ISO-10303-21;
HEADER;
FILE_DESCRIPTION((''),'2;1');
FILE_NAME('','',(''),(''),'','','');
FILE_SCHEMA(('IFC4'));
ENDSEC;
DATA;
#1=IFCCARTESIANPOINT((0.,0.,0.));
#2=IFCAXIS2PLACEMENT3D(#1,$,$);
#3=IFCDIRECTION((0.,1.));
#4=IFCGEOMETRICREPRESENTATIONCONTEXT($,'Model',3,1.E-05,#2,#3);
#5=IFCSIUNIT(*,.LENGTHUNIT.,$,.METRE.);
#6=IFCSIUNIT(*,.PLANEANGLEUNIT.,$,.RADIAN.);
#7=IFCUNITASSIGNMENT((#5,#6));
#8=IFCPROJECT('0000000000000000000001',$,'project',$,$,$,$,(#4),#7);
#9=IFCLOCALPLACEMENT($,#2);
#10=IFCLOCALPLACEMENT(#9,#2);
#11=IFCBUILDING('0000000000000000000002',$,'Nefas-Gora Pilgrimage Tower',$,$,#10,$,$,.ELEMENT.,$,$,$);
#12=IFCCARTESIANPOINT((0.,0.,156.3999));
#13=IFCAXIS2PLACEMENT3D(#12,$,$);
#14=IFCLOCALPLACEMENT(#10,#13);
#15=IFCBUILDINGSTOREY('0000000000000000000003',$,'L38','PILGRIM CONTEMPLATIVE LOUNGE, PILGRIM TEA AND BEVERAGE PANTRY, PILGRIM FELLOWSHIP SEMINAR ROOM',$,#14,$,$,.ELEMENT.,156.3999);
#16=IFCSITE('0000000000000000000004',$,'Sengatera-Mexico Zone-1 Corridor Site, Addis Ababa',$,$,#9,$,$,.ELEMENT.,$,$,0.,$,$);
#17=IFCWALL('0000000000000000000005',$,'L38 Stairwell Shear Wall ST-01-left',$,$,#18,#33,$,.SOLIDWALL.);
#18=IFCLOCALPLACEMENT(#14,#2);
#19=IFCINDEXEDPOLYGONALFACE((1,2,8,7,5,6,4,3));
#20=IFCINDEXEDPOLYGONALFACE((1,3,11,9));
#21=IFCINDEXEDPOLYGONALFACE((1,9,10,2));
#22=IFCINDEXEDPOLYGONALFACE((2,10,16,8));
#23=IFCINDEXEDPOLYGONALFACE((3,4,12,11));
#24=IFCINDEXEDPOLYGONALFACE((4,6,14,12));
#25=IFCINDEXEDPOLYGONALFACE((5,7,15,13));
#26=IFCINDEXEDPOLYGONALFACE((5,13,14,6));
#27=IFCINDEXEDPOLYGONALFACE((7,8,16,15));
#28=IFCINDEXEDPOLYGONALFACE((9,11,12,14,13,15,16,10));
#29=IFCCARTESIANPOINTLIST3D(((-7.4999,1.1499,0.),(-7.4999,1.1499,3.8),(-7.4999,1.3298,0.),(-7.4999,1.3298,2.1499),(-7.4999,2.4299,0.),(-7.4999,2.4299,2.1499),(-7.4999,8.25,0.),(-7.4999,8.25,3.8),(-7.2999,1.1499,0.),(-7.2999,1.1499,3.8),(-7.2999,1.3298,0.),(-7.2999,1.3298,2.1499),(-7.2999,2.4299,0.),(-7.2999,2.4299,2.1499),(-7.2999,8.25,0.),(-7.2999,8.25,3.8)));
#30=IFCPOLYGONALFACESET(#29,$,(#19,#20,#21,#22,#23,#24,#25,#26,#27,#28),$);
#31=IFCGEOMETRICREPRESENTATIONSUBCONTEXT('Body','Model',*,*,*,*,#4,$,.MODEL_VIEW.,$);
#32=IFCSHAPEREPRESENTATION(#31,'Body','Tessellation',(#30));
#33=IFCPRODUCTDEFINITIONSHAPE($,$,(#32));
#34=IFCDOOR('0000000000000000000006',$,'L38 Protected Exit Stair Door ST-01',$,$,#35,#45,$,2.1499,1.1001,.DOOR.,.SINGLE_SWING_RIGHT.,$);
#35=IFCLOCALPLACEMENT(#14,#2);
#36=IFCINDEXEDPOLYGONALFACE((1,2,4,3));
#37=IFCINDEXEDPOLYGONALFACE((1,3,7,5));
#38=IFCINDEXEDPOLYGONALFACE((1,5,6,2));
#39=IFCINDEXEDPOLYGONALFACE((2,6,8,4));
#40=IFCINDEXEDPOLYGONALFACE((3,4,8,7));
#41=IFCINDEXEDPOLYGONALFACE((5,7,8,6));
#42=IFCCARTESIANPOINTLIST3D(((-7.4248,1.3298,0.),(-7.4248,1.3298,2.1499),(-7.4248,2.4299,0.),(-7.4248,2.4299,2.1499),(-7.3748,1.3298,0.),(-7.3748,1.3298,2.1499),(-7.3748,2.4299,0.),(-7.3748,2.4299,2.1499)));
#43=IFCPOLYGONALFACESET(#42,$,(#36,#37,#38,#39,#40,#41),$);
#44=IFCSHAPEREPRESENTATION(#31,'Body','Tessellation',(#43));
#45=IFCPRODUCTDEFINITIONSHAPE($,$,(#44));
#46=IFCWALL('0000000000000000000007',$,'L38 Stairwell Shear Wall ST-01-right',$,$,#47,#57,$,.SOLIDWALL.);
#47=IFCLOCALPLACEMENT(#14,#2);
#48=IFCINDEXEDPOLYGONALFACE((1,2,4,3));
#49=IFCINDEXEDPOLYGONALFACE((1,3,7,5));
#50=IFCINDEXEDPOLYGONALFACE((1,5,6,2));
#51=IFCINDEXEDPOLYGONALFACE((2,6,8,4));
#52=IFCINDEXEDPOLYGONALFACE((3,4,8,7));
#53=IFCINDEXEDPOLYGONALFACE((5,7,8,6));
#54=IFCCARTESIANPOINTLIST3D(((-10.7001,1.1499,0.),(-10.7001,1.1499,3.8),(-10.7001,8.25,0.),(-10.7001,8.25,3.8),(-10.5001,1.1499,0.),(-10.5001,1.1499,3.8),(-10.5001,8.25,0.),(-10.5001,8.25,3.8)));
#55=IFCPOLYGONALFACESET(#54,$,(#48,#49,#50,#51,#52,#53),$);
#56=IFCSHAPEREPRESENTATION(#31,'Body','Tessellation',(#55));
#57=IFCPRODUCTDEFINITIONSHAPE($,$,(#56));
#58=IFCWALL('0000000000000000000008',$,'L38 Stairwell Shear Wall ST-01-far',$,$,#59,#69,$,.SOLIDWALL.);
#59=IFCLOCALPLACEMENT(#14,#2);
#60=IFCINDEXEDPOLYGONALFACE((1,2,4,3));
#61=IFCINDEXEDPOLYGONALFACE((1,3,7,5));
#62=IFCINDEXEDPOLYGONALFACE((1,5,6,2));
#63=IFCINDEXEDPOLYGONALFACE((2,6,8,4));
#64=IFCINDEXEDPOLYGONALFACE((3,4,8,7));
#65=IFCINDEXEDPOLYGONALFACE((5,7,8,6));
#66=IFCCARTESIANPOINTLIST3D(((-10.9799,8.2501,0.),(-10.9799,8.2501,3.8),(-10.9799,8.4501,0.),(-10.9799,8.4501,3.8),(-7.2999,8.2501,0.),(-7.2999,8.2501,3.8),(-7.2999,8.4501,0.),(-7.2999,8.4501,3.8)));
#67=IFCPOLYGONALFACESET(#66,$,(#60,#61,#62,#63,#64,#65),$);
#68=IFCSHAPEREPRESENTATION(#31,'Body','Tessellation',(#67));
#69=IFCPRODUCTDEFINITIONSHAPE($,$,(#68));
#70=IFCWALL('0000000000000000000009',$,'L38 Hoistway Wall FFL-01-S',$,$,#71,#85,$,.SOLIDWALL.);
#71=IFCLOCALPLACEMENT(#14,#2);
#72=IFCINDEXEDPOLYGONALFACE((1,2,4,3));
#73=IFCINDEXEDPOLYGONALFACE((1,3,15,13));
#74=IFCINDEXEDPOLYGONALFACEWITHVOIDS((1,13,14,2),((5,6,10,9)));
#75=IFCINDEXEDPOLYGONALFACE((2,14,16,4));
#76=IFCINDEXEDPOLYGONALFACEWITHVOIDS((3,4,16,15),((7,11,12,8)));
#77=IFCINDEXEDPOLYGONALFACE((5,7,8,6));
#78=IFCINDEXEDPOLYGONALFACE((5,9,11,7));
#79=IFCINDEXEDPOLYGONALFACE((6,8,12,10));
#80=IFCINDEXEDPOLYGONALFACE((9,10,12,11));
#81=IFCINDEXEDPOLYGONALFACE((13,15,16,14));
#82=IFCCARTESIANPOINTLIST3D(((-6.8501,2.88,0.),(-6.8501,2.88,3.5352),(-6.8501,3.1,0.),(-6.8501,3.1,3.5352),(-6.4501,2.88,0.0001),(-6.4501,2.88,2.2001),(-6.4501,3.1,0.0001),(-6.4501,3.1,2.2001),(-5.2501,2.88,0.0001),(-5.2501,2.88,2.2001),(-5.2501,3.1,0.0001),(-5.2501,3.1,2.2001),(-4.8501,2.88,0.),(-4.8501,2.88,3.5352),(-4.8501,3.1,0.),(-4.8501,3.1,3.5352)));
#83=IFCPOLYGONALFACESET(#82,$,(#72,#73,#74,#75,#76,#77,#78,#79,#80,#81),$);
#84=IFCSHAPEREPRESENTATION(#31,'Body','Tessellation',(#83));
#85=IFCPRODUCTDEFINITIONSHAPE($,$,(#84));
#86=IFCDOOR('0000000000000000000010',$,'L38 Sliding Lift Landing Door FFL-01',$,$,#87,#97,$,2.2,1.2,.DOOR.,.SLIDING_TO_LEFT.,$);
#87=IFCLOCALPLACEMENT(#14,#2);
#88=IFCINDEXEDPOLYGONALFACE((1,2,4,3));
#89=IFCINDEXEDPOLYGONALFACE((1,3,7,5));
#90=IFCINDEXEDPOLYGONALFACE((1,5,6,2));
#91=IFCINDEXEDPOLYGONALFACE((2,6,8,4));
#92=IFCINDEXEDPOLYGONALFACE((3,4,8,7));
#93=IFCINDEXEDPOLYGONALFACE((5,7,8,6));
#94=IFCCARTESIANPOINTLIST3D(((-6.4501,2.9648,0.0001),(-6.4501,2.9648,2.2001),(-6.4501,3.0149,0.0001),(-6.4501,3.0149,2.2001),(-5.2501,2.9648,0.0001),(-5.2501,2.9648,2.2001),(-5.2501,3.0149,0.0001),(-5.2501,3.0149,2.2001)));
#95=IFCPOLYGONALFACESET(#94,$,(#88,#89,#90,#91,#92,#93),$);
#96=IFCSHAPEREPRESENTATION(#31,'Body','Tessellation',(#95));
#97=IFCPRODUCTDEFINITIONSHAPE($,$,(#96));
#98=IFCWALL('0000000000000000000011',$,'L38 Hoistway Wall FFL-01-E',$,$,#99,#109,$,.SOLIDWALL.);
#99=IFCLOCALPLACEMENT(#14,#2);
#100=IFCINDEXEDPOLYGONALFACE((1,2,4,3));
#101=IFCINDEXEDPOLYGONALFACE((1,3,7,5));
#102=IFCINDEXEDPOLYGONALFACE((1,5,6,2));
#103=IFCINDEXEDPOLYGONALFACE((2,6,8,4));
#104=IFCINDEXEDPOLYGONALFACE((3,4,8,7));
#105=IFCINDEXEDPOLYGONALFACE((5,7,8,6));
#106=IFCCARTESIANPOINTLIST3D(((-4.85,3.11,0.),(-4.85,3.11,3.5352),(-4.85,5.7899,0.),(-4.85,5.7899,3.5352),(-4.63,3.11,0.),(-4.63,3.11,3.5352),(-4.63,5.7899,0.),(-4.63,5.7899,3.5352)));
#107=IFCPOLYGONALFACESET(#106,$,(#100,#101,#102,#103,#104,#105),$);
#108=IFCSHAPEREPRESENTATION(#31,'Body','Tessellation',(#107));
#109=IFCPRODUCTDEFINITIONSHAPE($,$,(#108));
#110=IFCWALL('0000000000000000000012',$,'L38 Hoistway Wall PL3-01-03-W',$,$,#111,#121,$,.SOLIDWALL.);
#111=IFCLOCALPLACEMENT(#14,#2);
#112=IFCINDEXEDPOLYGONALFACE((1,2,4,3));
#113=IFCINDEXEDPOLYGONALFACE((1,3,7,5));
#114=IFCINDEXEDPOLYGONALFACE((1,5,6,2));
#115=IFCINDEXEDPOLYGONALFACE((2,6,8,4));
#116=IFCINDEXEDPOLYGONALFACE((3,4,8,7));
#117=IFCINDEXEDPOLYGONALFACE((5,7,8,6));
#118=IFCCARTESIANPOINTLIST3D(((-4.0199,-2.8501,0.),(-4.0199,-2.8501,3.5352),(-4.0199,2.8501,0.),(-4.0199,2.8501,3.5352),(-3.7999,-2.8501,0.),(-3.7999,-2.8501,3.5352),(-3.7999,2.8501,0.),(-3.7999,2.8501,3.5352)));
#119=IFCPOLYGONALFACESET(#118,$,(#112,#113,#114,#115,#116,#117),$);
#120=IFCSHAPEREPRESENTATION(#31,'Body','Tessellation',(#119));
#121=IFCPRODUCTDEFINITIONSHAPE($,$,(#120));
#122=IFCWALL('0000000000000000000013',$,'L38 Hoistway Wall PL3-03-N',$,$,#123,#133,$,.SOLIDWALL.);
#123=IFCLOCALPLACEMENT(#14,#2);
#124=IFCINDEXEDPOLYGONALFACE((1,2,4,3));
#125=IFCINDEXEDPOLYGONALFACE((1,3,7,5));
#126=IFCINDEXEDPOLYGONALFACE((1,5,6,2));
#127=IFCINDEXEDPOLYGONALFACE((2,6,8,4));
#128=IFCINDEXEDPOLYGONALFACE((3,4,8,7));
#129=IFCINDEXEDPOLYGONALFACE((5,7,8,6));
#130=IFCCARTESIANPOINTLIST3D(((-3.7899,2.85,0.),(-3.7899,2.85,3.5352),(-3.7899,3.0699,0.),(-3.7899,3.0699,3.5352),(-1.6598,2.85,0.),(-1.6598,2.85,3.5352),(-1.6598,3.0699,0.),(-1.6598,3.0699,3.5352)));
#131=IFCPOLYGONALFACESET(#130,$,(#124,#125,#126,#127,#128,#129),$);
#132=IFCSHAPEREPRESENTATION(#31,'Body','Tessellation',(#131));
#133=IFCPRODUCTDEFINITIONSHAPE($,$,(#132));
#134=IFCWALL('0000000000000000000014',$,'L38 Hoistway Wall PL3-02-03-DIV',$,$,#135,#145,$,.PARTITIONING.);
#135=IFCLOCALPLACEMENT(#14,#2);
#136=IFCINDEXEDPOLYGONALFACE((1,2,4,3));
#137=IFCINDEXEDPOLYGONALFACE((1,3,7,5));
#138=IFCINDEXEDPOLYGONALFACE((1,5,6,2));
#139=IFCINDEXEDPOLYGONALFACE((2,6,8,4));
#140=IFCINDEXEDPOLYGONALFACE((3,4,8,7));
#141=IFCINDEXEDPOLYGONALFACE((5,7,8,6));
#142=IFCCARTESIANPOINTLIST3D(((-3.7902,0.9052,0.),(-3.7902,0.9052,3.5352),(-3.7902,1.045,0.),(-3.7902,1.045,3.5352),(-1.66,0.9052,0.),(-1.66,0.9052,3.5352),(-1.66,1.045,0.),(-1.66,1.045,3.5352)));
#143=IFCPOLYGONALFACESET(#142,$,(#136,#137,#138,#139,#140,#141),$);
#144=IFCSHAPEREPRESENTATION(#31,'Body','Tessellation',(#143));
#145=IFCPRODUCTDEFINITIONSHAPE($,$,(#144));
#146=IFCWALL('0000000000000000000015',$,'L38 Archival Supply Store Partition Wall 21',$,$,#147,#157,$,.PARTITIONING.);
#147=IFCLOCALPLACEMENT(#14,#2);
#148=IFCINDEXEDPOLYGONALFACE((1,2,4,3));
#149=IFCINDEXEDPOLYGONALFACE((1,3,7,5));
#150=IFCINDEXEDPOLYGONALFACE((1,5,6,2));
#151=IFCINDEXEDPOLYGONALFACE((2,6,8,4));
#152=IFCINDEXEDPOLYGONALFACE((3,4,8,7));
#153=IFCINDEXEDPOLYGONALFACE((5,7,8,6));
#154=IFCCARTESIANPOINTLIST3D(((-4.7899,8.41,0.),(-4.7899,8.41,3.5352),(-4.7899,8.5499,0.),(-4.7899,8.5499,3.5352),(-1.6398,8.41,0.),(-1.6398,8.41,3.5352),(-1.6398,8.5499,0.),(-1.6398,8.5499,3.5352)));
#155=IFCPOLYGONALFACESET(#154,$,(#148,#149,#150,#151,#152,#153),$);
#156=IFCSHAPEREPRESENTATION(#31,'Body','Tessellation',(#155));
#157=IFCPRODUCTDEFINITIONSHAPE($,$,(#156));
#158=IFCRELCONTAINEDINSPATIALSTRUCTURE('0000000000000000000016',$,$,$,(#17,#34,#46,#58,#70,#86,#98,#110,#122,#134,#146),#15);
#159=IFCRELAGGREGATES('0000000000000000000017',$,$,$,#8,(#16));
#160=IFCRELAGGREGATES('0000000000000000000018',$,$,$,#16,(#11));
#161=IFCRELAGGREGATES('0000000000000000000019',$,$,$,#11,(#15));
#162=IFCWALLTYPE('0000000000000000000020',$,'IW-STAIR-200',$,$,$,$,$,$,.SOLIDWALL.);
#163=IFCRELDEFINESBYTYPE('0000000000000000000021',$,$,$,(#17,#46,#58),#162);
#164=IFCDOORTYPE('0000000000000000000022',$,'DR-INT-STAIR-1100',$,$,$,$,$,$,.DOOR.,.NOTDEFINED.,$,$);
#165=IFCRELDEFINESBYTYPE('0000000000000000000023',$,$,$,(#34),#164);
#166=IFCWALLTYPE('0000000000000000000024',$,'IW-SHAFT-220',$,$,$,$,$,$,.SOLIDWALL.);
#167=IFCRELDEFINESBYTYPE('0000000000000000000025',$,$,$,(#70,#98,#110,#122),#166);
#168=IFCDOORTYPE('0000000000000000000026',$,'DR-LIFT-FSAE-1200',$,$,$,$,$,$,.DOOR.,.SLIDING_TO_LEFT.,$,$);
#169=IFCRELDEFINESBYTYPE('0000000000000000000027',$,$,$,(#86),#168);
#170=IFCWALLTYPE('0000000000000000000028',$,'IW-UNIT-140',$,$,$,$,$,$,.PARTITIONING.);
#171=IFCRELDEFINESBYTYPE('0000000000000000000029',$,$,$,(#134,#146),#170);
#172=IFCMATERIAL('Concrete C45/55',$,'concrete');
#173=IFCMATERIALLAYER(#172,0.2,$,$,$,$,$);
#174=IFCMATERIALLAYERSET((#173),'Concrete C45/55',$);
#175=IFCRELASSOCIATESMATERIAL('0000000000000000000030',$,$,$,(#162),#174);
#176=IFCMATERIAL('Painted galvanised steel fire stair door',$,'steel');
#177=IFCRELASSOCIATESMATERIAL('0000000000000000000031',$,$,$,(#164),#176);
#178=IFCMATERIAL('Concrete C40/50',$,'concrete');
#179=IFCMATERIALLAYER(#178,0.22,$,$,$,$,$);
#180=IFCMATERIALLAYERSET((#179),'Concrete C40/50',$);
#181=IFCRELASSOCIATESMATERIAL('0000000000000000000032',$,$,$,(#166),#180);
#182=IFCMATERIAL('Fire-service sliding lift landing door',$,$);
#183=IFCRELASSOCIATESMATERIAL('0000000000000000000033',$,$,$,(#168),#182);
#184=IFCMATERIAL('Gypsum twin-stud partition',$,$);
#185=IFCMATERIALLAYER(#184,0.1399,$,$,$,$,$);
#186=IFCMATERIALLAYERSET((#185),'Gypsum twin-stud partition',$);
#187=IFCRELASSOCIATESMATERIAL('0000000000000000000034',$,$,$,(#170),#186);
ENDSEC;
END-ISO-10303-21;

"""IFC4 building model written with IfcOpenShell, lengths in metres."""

from ifc_helpers import new_model, si_unit, direction, frame, frame_2d, origin, place, context, subcontext, project, spatial, rectangle, extrude, source, transform, mapped, material, layer, layer_set, type_object, element, fill, save


model = new_model("IFC4")

# Units and contexts
model_context = context("Model", 3, precision=1e-05, world=origin(), true_north=direction((0.0, 1.0)))
body_context = subcontext(model_context, "Body", "Model", "MODEL_VIEW")
ifc_project = project(units=[si_unit("LENGTHUNIT", "METRE"), si_unit("PLANEANGLEUNIT", "RADIAN")], contexts=[model_context])

# Site, building, storey
site_placement = place(None, origin())
site = spatial("IfcSite", under=ifc_project, at=site_placement, Name="Sengatera-Mexico Zone-1 Corridor Site, Addis Ababa", CompositionType="ELEMENT", RefElevation=0.0)
building_placement = place(site_placement, origin())
building = spatial("IfcBuilding", under=site, at=building_placement, Name="Nefas-Gora Pilgrimage Tower", CompositionType="ELEMENT")
storey_placement = place(building_placement, frame((0.0, 0.0, 156.3999)))
storey = spatial("IfcBuildingStorey", under=building, at=storey_placement, Name="L38", Description="PILGRIM CONTEMPLATIVE LOUNGE, PILGRIM TEA AND BEVERAGE PANTRY, PILGRIM FELLOWSHIP SEMINAR ROOM", CompositionType="ELEMENT", Elevation=156.3999)

# Shared definitions
ifc_material_1 = material(Name="Concrete C45/55", Category="concrete")
ifc_layer_1 = layer(ifc_material_1, 0.2)
ifc_layer_set_1 = layer_set([ifc_layer_1], Name="Concrete C45/55")
wall_type_1 = type_object("IfcWallType", Name="IW-STAIR-200", PredefinedType="SOLIDWALL", material=ifc_layer_set_1)

# Wall, opening, door
shared_shape_1 = source(origin(), body_context, "Body", "SweptSolid", [
    extrude(rectangle(XDim=7.1001, YDim=0.2, at=frame_2d((3.55, 0.0))), origin(), (0.0, 0.0, 1.0), 3.8),
])
wall_1_placement = place(storey_placement, frame((-7.3999, 1.1499, 0.0), z_axis=(0.0, 0.0, 1.0), x_axis=(0.0, 1.0, 0.0)))
wall_1 = element("IfcWall", 1, at=wall_1_placement, inside=storey, type_object=wall_type_1, Name="L38 Stairwell Shear Wall ST-01-left", PredefinedType="SOLIDWALL", context=body_context, shape_type="MappedRepresentation", body=[
    mapped(shared_shape_1, transform((0.0, 0.0, 0.0), x_axis=(1.0, 0.0, 0.0), y_axis=(0.0, 1.0, 0.0), z_axis=(0.0, 0.0, 1.0), scale=1.0)),
])
opening_1_placement = place(wall_1_placement, frame((0.1799, 0.0, 0.0)))
opening_1 = element("IfcOpeningElement", 2, at=opening_1_placement, cuts=wall_1, PredefinedType="OPENING", context=body_context, shape_type="SweptSolid", body=[
    extrude(rectangle(XDim=1.1001, YDim=2.1499, at=frame_2d((0.55, 1.075))), frame((0.0, 0.1099, 0.0), z_axis=(0.0, -1.0, 0.0), x_axis=(1.0, 0.0, 0.0)), (0.0, 0.0, 1.0), 0.22),
])
ifc_material_2 = material(Name="Painted galvanised steel fire stair door", Category="steel")
door_type_1 = type_object("IfcDoorType", Name="DR-INT-STAIR-1100", OperationType="NOTDEFINED", PredefinedType="DOOR", material=ifc_material_2)
shared_shape_2 = source(origin(), body_context, "Body", "SweptSolid", [
    extrude(rectangle(XDim=1.1001, YDim=2.1499, at=frame_2d((0.55, 1.075))), frame((0.0, 0.0249, 0.0), z_axis=(0.0, -1.0, 0.0), x_axis=(1.0, 0.0, 0.0)), (0.0, 0.0, 1.0), 0.05),
])
door_1_placement = place(opening_1_placement, origin())
door_1 = element("IfcDoor", 3, at=door_1_placement, inside=storey, type_object=door_type_1, Name="L38 Protected Exit Stair Door ST-01", OperationType="SINGLE_SWING_RIGHT", OverallHeight=2.1499, OverallWidth=1.1001, PredefinedType="DOOR", context=body_context, shape_type="MappedRepresentation", body=[
    mapped(shared_shape_2, transform((0.0, 0.0, 0.0), x_axis=(1.0, 0.0, 0.0), y_axis=(0.0, 1.0, 0.0), z_axis=(0.0, 0.0, 1.0), scale=1.0)),
])
fill(opening_1, door_1)

# Walls
wall_2_placement = place(storey_placement, frame((-10.6001, 1.1499, 0.0), z_axis=(0.0, 0.0, 1.0), x_axis=(0.0, 1.0, 0.0)))
element("IfcWall", 4, at=wall_2_placement, inside=storey, type_object=wall_type_1, Name="L38 Stairwell Shear Wall ST-01-right", PredefinedType="SOLIDWALL", context=body_context, shape_type="MappedRepresentation", body=[
    mapped(shared_shape_1, transform((0.0, 0.0, 0.0), x_axis=(1.0, 0.0, 0.0), y_axis=(0.0, 1.0, 0.0), z_axis=(0.0, 0.0, 1.0), scale=1.0)),
])
shared_shape_3 = source(origin(), body_context, "Body", "SweptSolid", [
    extrude(rectangle(XDim=3.6799, YDim=0.2, at=frame_2d((1.8398, 0.0))), origin(), (0.0, 0.0, 1.0), 3.8),
])
wall_3_placement = place(storey_placement, frame((-7.3, 8.3501, 0.0), z_axis=(0.0, 0.0, 1.0), x_axis=(-1.0, 0.0, 0.0)))
element("IfcWall", 5, at=wall_3_placement, inside=storey, type_object=wall_type_1, Name="L38 Stairwell Shear Wall ST-01-far", PredefinedType="SOLIDWALL", context=body_context, shape_type="MappedRepresentation", body=[
    mapped(shared_shape_3, transform((0.0, 0.0, 0.0), x_axis=(1.0, 0.0, 0.0), y_axis=(0.0, 1.0, 0.0), z_axis=(0.0, 0.0, 1.0), scale=1.0)),
])

# Wall, opening, door
ifc_material_3 = material(Name="Concrete C40/50", Category="concrete")
ifc_layer_2 = layer(ifc_material_3, 0.22)
ifc_layer_set_2 = layer_set([ifc_layer_2], Name="Concrete C40/50")
wall_type_2 = type_object("IfcWallType", Name="IW-SHAFT-220", PredefinedType="SOLIDWALL", material=ifc_layer_set_2)
shared_shape_4 = source(origin(), body_context, "Body", "SweptSolid", [
    extrude(rectangle(XDim=2.0, YDim=0.22, at=frame_2d((1.0, 0.0))), origin(), (0.0, 0.0, 1.0), 3.5352),
])
wall_4_placement = place(storey_placement, frame((-6.8501, 2.99, 0.0), z_axis=(0.0, 0.0, 1.0), x_axis=(1.0, 0.0, 0.0)))
wall_4 = element("IfcWall", 6, at=wall_4_placement, inside=storey, type_object=wall_type_2, Name="L38 Hoistway Wall FFL-01-S", PredefinedType="SOLIDWALL", context=body_context, shape_type="MappedRepresentation", body=[
    mapped(shared_shape_4, transform((0.0, 0.0, 0.0), x_axis=(1.0, 0.0, 0.0), y_axis=(0.0, 1.0, 0.0), z_axis=(0.0, 0.0, 1.0), scale=1.0)),
])
opening_2_placement = place(wall_4_placement, frame((0.3999, 0.0, 0.0)))
opening_2 = element("IfcOpeningElement", 7, at=opening_2_placement, cuts=wall_4, PredefinedType="OPENING", context=body_context, shape_type="SweptSolid", body=[
    extrude(rectangle(XDim=1.2, YDim=2.2, at=frame_2d((0.6001, 1.1001))), frame((0.0, 0.1199, 0.0), z_axis=(0.0, -1.0, 0.0), x_axis=(1.0, 0.0, 0.0)), (0.0, 0.0, 1.0), 0.24),
])
ifc_material_4 = material(Name="Fire-service sliding lift landing door")
door_type_2 = type_object("IfcDoorType", Name="DR-LIFT-FSAE-1200", OperationType="SLIDING_TO_LEFT", PredefinedType="DOOR", material=ifc_material_4)
shared_shape_5 = source(origin(), body_context, "Body", "SweptSolid", [
    extrude(rectangle(XDim=1.2, YDim=2.2, at=frame_2d((0.6001, 1.1001))), frame((0.0, 0.0249, 0.0), z_axis=(0.0, -1.0, 0.0), x_axis=(1.0, 0.0, 0.0)), (0.0, 0.0, 1.0), 0.05),
])
door_2_placement = place(opening_2_placement, origin())
door_2 = element("IfcDoor", 8, at=door_2_placement, inside=storey, type_object=door_type_2, Name="L38 Sliding Lift Landing Door FFL-01", OperationType="SLIDING_TO_LEFT", OverallHeight=2.2, OverallWidth=1.2, PredefinedType="DOOR", context=body_context, shape_type="MappedRepresentation", body=[
    mapped(shared_shape_5, transform((0.0, 0.0, 0.0), x_axis=(1.0, 0.0, 0.0), y_axis=(0.0, 1.0, 0.0), z_axis=(0.0, 0.0, 1.0), scale=1.0)),
])
fill(opening_2, door_2)

# Walls
shared_shape_6 = source(origin(), body_context, "Body", "SweptSolid", [
    extrude(rectangle(XDim=2.6799, YDim=0.22, at=frame_2d((1.3398, 0.0))), origin(), (0.0, 0.0, 1.0), 3.5352),
])
wall_5_placement = place(storey_placement, frame((-4.74, 3.1101, 0.0), z_axis=(0.0, 0.0, 1.0), x_axis=(0.0, 1.0, 0.0)))
element("IfcWall", 9, at=wall_5_placement, inside=storey, type_object=wall_type_2, Name="L38 Hoistway Wall FFL-01-E", PredefinedType="SOLIDWALL", context=body_context, shape_type="MappedRepresentation", body=[
    mapped(shared_shape_6, transform((0.0, 0.0, 0.0), x_axis=(1.0, 0.0, 0.0), y_axis=(0.0, 1.0, 0.0), z_axis=(0.0, 0.0, 1.0), scale=1.0)),
])
shared_shape_7 = source(origin(), body_context, "Body", "SweptSolid", [
    extrude(rectangle(XDim=5.7002, YDim=0.22, at=frame_2d((2.8501, 0.0))), origin(), (0.0, 0.0, 1.0), 3.5352),
])
wall_6_placement = place(storey_placement, frame((-3.9099, 2.8501, 0.0), z_axis=(0.0, 0.0, 1.0), x_axis=(0.0, -1.0, 0.0)))
element("IfcWall", 10, at=wall_6_placement, inside=storey, type_object=wall_type_2, Name="L38 Hoistway Wall PL3-01-03-W", PredefinedType="SOLIDWALL", context=body_context, shape_type="MappedRepresentation", body=[
    mapped(shared_shape_7, transform((0.0, 0.0, 0.0), x_axis=(1.0, 0.0, 0.0), y_axis=(0.0, 1.0, 0.0), z_axis=(0.0, 0.0, 1.0), scale=1.0)),
])
shared_shape_8 = source(origin(), body_context, "Body", "SweptSolid", [
    extrude(rectangle(XDim=2.1301, YDim=0.22, at=frame_2d((1.0649, 0.0))), origin(), (0.0, 0.0, 1.0), 3.5352),
])
wall_7_placement = place(storey_placement, frame((-1.6599, 2.96, 0.0), z_axis=(0.0, 0.0, 1.0), x_axis=(-1.0, 0.0, 0.0)))
element("IfcWall", 11, at=wall_7_placement, inside=storey, type_object=wall_type_2, Name="L38 Hoistway Wall PL3-03-N", PredefinedType="SOLIDWALL", context=body_context, shape_type="MappedRepresentation", body=[
    mapped(shared_shape_8, transform((0.0, 0.0, 0.0), x_axis=(1.0, 0.0, 0.0), y_axis=(0.0, 1.0, 0.0), z_axis=(0.0, 0.0, 1.0), scale=1.0)),
])
ifc_material_5 = material(Name="Gypsum twin-stud partition")
ifc_layer_3 = layer(ifc_material_5, 0.1399)
ifc_layer_set_3 = layer_set([ifc_layer_3], Name="Gypsum twin-stud partition")
wall_type_3 = type_object("IfcWallType", Name="IW-UNIT-140", PredefinedType="PARTITIONING", material=ifc_layer_set_3)
shared_shape_9 = source(origin(), body_context, "Body", "SweptSolid", [
    extrude(rectangle(XDim=2.1301, YDim=0.1399, at=frame_2d((1.0649, 0.0))), origin(), (0.0, 0.0, 1.0), 3.5352),
])
wall_8_placement = place(storey_placement, frame((-3.79, 0.9751, 0.0), z_axis=(0.0, 0.0, 1.0), x_axis=(1.0, 0.0, 0.0)))
element("IfcWall", 12, at=wall_8_placement, inside=storey, type_object=wall_type_3, Name="L38 Hoistway Wall PL3-02-03-DIV", PredefinedType="PARTITIONING", context=body_context, shape_type="MappedRepresentation", body=[
    mapped(shared_shape_9, transform((0.0, 0.0, 0.0), x_axis=(1.0, 0.0, 0.0), y_axis=(0.0, 1.0, 0.0), z_axis=(0.0, 0.0, 1.0), scale=1.0)),
])
shared_shape_10 = source(origin(), body_context, "Body", "SweptSolid", [
    extrude(rectangle(XDim=3.1501, YDim=0.1399, at=frame_2d((1.5752, 0.0))), origin(), (0.0, 0.0, 1.0), 3.5352),
])
wall_9_placement = place(storey_placement, frame((-4.79, 8.48, 0.0), z_axis=(0.0, 0.0, 1.0), x_axis=(1.0, 0.0, 0.0)))
element("IfcWall", 13, at=wall_9_placement, inside=storey, type_object=wall_type_3, Name="L38 Archival Supply Store Partition Wall 21", PredefinedType="PARTITIONING", context=body_context, shape_type="MappedRepresentation", body=[
    mapped(shared_shape_10, transform((0.0, 0.0, 0.0), x_axis=(1.0, 0.0, 0.0), y_axis=(0.0, 1.0, 0.0), z_axis=(0.0, 0.0, 1.0), scale=1.0)),
])

save(model, "model.ifc")
